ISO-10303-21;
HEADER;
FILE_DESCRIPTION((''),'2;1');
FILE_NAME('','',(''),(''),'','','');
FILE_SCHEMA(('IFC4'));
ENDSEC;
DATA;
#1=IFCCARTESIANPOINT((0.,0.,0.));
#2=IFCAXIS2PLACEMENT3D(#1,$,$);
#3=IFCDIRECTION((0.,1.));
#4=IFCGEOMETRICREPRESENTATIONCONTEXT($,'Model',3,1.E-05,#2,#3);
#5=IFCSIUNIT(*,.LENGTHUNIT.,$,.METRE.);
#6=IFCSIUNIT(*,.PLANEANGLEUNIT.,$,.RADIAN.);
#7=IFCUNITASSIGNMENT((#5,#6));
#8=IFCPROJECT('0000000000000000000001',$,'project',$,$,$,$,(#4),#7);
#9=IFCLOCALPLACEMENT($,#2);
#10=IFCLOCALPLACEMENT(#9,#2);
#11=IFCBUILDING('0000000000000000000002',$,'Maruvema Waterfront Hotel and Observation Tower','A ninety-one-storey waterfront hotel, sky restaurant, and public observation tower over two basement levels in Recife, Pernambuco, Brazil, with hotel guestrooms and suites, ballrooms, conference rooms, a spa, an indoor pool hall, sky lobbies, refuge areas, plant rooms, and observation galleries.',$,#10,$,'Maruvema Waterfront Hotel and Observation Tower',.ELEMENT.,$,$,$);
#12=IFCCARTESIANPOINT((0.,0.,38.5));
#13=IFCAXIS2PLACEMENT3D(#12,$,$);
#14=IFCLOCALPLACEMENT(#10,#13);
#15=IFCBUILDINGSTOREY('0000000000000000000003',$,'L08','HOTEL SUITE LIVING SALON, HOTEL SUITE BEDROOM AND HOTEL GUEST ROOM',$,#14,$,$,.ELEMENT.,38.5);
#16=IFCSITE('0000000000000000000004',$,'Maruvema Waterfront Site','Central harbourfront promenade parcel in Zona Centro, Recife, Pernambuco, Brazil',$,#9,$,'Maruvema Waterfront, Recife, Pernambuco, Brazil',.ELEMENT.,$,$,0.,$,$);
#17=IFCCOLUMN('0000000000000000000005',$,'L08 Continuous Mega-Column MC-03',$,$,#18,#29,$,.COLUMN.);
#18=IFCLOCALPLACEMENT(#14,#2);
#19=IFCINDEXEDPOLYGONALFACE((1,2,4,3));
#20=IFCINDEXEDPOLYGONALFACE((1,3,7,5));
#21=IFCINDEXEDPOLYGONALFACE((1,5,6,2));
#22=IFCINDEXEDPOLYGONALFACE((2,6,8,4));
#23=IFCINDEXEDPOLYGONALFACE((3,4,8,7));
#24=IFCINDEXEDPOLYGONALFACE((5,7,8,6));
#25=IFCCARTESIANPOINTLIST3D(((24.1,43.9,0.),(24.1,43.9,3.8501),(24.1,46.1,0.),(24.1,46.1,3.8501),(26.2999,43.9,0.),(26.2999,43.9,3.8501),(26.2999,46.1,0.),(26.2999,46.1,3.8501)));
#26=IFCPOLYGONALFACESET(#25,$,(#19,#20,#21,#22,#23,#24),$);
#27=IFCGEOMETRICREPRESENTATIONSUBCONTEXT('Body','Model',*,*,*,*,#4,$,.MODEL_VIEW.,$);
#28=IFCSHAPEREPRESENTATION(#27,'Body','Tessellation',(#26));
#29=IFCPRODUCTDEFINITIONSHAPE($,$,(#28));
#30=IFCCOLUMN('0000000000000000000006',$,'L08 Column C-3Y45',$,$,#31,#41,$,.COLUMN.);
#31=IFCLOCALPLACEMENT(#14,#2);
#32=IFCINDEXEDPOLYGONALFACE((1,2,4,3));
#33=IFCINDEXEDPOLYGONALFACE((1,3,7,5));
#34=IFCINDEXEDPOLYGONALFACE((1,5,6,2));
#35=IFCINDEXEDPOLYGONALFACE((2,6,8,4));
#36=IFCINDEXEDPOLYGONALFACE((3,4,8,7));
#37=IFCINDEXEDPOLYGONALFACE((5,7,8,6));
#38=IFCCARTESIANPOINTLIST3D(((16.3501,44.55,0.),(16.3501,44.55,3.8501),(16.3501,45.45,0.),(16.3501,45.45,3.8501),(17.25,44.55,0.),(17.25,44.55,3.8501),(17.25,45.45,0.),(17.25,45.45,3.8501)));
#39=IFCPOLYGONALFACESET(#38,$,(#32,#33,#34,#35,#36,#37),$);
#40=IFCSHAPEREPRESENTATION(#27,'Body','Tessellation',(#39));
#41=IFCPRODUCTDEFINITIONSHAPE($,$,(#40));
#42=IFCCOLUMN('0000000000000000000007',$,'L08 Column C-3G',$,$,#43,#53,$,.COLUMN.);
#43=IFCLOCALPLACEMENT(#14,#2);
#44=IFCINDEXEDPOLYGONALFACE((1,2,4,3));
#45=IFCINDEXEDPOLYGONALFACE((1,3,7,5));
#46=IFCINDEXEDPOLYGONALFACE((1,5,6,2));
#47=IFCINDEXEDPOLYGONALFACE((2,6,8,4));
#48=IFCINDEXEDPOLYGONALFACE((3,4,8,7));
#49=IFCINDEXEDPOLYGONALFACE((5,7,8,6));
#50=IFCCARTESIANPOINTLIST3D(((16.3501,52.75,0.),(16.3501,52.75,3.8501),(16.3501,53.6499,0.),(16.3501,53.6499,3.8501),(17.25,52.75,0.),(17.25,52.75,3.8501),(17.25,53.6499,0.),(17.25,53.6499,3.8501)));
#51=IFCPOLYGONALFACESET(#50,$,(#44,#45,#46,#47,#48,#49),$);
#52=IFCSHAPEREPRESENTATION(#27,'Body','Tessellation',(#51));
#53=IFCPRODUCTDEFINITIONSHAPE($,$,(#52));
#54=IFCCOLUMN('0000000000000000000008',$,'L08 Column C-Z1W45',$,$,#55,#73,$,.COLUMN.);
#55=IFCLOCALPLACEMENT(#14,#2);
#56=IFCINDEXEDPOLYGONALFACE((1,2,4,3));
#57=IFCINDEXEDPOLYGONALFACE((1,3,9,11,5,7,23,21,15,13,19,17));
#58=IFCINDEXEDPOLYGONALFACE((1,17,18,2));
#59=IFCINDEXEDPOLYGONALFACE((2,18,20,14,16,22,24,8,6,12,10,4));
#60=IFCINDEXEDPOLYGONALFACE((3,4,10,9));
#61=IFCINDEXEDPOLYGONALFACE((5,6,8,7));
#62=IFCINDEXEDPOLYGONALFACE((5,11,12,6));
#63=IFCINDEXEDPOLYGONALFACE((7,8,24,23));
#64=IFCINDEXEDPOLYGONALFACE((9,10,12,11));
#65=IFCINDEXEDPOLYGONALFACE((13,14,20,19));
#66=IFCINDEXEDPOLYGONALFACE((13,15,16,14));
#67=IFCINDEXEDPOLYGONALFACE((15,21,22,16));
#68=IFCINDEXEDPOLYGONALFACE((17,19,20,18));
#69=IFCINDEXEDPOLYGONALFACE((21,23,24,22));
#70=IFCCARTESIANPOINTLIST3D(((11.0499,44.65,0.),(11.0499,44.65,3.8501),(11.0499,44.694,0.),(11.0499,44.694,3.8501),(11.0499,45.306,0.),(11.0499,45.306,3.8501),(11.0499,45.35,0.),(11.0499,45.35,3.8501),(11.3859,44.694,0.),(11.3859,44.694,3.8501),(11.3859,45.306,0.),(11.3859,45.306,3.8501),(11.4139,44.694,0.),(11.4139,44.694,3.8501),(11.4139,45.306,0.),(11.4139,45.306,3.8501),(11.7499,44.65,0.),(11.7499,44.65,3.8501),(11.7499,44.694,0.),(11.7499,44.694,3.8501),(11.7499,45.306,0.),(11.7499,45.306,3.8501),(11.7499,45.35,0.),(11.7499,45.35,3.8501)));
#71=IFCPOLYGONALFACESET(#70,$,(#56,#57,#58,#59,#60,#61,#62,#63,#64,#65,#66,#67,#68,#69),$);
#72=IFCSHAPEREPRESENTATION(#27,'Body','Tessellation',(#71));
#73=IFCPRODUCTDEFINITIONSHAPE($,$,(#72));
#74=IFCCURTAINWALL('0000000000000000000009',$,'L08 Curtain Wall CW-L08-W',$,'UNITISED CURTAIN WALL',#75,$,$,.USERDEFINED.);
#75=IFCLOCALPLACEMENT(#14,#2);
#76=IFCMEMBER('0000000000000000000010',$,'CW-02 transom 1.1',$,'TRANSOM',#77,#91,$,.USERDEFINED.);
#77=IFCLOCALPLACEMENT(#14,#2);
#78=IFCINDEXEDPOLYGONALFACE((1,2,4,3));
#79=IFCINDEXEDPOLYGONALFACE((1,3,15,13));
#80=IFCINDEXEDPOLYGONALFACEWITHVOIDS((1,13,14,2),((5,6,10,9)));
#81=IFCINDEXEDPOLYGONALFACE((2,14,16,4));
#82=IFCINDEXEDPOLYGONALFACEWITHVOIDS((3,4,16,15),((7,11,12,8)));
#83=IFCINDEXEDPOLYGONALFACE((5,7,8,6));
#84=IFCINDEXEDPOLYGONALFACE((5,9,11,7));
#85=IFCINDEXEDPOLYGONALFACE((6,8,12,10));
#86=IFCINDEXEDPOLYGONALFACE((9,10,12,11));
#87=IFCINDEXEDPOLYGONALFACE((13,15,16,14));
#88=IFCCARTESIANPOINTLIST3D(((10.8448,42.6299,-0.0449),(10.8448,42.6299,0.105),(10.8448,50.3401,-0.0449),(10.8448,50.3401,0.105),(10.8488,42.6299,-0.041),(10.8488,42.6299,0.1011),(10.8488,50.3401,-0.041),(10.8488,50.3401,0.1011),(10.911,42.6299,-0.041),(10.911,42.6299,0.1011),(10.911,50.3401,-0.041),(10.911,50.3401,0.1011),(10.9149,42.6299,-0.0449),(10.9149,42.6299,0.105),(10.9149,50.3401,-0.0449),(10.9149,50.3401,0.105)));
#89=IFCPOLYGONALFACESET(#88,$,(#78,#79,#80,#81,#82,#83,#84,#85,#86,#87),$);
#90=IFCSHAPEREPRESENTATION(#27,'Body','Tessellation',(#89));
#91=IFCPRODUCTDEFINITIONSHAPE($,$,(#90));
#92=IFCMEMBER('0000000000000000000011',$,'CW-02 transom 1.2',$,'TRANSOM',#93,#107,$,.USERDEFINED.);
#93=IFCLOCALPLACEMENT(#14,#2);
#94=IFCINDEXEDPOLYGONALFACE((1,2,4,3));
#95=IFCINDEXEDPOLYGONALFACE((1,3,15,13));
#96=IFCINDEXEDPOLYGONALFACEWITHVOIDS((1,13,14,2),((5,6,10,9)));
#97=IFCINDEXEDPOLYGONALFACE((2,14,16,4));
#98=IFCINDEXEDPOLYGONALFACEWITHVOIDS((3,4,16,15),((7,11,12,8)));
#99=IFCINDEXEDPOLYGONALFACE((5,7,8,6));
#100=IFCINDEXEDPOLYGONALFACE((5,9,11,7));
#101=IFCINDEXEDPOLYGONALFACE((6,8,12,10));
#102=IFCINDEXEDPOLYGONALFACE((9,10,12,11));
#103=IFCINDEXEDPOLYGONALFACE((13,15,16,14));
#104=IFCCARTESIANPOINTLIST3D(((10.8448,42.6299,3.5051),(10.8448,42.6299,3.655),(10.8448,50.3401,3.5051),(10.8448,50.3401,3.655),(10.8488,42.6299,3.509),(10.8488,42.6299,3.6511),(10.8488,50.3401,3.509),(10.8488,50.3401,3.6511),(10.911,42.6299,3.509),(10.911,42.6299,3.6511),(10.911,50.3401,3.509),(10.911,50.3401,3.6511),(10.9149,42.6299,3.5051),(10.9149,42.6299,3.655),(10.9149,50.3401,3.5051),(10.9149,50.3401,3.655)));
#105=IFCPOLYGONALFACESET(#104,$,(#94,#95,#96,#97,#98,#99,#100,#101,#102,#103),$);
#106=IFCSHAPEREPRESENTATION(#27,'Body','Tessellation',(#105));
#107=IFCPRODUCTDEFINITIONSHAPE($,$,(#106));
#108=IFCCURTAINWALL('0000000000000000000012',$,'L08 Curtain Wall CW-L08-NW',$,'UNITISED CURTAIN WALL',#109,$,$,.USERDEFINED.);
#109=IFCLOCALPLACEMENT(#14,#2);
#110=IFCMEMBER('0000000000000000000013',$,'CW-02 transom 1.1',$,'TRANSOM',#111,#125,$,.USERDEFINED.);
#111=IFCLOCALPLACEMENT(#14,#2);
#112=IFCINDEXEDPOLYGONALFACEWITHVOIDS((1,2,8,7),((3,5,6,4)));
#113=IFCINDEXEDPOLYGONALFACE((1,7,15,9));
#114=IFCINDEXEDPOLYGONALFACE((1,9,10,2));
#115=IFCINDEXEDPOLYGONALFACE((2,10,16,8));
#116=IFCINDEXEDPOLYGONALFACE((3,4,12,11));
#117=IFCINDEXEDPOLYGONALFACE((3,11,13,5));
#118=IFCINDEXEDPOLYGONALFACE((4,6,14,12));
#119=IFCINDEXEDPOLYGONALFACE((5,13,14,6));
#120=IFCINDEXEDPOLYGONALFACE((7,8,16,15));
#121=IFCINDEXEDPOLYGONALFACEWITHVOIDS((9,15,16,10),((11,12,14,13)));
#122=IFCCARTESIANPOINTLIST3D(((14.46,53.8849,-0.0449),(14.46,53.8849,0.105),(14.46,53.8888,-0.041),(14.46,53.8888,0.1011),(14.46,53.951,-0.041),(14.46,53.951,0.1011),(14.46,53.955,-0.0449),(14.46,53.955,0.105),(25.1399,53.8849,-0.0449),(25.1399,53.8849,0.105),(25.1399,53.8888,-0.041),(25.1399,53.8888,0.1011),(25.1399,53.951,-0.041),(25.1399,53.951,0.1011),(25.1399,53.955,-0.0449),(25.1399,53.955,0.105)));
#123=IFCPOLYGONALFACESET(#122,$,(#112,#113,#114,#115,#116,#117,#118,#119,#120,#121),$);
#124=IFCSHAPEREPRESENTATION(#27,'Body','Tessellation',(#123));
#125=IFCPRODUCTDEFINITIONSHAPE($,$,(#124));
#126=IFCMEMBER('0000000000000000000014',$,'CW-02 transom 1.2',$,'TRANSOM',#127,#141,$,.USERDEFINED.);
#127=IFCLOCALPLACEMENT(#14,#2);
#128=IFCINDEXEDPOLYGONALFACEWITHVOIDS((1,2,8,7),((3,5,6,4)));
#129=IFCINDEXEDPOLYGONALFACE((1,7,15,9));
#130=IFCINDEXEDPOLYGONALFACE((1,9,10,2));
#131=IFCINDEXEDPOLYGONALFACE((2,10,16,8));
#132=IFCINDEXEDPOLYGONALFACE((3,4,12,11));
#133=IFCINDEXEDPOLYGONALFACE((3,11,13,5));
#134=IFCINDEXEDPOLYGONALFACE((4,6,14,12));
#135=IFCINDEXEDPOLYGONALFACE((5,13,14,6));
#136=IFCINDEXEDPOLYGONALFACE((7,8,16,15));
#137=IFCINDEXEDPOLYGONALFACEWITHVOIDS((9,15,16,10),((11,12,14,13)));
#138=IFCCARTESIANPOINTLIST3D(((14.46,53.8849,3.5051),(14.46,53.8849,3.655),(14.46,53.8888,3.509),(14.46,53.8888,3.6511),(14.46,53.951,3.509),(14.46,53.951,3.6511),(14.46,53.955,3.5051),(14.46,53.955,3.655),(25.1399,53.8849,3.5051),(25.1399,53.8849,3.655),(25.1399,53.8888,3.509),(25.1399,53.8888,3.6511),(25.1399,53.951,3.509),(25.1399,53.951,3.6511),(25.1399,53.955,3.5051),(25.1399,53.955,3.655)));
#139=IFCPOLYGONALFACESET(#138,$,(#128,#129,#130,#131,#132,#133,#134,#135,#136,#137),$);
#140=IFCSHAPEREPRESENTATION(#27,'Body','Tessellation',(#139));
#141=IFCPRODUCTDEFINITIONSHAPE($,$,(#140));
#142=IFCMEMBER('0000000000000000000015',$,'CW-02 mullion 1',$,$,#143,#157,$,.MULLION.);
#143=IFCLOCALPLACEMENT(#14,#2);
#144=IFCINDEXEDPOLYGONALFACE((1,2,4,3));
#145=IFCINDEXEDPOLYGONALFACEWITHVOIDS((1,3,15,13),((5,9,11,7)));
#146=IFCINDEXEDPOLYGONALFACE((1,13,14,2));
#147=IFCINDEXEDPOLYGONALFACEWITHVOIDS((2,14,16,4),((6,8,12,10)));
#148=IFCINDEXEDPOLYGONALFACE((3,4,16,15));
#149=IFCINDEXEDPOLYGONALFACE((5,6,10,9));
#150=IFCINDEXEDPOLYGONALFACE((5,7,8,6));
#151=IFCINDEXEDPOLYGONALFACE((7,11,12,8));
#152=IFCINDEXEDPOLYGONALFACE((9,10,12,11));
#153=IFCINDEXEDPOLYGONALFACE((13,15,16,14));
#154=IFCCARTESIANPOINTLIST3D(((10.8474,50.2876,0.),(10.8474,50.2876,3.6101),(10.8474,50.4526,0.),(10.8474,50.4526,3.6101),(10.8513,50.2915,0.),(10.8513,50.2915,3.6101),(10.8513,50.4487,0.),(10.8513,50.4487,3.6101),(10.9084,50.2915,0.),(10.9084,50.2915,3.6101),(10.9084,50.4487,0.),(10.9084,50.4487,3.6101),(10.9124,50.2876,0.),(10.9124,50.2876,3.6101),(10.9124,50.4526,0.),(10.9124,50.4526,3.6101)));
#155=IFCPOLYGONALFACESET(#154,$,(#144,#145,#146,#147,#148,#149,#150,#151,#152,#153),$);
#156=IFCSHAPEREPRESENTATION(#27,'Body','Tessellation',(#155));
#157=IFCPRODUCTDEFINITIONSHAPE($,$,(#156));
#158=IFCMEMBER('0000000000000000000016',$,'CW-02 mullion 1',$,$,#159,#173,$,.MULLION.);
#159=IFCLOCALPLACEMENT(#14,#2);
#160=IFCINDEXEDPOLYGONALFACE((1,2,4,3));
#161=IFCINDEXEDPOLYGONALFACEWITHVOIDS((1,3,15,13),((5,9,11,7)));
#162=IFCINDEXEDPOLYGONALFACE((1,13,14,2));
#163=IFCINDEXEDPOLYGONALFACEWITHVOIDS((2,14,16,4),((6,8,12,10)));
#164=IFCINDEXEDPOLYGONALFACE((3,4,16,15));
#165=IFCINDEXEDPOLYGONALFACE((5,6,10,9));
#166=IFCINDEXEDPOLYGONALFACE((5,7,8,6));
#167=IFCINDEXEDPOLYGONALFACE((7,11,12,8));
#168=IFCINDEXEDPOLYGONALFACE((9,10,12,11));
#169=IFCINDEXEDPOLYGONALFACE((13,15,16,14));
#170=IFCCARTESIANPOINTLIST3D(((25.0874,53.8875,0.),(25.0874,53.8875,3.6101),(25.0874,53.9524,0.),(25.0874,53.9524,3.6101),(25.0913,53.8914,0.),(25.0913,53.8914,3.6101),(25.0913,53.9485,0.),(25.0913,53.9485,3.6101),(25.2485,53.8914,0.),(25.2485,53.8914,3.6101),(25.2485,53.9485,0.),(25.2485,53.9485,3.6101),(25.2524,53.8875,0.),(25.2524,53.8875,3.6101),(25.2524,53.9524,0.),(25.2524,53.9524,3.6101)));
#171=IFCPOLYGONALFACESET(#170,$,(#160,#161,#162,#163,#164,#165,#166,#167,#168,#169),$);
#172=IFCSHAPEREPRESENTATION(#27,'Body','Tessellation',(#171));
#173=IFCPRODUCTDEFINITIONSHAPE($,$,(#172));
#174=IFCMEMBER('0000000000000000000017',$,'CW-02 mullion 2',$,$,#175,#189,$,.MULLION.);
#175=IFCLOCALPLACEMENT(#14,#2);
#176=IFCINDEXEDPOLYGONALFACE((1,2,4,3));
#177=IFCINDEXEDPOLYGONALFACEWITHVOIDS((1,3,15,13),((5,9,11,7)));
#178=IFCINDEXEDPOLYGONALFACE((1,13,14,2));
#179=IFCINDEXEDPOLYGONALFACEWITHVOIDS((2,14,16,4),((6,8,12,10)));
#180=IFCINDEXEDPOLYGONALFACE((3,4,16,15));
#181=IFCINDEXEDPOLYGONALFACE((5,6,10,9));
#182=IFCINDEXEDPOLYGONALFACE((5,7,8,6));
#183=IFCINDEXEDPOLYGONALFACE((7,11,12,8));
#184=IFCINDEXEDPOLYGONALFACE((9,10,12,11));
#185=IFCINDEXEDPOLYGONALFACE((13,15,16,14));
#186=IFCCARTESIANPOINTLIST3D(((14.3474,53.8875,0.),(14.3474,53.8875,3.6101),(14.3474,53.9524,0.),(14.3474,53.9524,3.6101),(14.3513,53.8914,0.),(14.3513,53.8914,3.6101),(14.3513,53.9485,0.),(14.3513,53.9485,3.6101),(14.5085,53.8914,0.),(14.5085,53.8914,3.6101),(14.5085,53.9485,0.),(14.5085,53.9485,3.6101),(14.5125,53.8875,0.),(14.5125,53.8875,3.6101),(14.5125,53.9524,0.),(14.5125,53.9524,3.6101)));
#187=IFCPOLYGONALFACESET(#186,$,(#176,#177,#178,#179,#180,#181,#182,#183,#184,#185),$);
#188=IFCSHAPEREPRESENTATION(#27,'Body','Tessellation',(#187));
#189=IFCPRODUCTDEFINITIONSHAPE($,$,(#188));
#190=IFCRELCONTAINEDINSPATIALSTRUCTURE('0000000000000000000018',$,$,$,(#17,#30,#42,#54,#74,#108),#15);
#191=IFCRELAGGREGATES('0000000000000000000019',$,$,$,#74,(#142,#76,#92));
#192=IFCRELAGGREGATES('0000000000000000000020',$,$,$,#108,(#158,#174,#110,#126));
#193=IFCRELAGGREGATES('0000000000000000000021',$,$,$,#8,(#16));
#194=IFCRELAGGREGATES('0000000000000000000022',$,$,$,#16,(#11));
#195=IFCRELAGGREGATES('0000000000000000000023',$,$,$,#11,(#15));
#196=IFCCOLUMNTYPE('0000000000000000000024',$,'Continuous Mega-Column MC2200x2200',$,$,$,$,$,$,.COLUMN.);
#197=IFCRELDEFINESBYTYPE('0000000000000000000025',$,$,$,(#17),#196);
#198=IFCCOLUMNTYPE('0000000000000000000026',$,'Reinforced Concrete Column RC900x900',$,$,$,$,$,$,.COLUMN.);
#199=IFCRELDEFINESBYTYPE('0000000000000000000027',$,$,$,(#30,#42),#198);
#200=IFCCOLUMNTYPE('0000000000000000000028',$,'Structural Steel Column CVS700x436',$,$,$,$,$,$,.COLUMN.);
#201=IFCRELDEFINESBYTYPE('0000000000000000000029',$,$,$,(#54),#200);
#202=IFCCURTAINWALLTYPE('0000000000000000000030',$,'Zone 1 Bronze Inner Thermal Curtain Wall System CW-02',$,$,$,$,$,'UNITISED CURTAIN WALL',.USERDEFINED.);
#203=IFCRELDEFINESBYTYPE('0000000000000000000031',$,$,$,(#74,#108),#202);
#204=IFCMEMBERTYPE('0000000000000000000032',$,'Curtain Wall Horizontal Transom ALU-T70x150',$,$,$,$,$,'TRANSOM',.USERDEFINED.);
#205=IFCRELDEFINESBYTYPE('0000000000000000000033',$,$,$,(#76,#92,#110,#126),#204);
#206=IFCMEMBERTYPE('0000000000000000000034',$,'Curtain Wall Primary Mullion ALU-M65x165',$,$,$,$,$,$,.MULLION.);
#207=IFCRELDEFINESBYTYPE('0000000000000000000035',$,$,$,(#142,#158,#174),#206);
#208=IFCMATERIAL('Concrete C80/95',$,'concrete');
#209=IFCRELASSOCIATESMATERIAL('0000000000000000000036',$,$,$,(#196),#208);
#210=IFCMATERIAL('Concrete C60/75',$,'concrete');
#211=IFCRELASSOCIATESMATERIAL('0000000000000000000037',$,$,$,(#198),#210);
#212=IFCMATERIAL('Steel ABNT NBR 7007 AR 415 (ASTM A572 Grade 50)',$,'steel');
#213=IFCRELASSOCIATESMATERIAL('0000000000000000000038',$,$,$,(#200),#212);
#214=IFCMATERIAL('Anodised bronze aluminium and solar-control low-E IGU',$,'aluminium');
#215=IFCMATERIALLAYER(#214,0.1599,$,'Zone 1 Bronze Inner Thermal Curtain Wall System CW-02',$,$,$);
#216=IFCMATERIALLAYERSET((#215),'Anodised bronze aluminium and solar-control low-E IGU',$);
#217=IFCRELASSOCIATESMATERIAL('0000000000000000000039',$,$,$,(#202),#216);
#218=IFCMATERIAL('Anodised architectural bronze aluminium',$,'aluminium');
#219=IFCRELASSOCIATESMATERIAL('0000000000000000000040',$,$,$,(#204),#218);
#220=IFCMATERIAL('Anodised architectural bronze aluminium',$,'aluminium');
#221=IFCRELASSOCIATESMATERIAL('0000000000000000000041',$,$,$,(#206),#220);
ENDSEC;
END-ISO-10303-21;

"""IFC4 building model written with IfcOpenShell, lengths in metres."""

from ifc_helpers import new_model, si_unit, direction, frame, origin, origin_2d, place, context, subcontext, project, spatial, rectangle, hollow_rectangle, i_section, extrude, material, layer, layer_set, material_profile, profile_set, type_object, element, aggregate, save


model = new_model("IFC4")

# Units and contexts
model_context = context("Model", 3, precision=1e-05, world=origin(), true_north=direction((0.0, 1.0)))
body_context = subcontext(model_context, "Body", "Model", "MODEL_VIEW")
ifc_project = project(units=[si_unit("LENGTHUNIT", "METRE"), si_unit("PLANEANGLEUNIT", "RADIAN")], contexts=[model_context])

# Site, building, storey
site_placement = place(None, origin())
site = spatial("IfcSite", under=ifc_project, at=site_placement, Name="Maruvema Waterfront Site", Description="Central harbourfront promenade parcel in Zona Centro, Recife, Pernambuco, Brazil", LongName="Maruvema Waterfront, Recife, Pernambuco, Brazil", CompositionType="ELEMENT", RefElevation=0.0)
building_placement = place(site_placement, origin())
building = spatial("IfcBuilding", under=site, at=building_placement, Name="Maruvema Waterfront Hotel and Observation Tower", Description="A ninety-one-storey waterfront hotel, sky restaurant, and public observation tower over two basement levels in Recife, Pernambuco, Brazil, with hotel guestrooms and suites, ballrooms, conference rooms, a spa, an indoor pool hall, sky lobbies, refuge areas, plant rooms, and observation galleries.", LongName="Maruvema Waterfront Hotel and Observation Tower", CompositionType="ELEMENT")
storey_placement = place(building_placement, frame((0.0, 0.0, 38.5)))
storey = spatial("IfcBuildingStorey", under=building, at=storey_placement, Name="L08", Description="HOTEL SUITE LIVING SALON, HOTEL SUITE BEDROOM AND HOTEL GUEST ROOM", CompositionType="ELEMENT", Elevation=38.5)

# Columns
ifc_material_1 = material(Name="Concrete C80/95", Category="concrete")
ifc_material_profile_1 = material_profile(ifc_material_1, rectangle(XDim=2.2, YDim=2.2, at=origin_2d()), Name="MC2200x2200")
ifc_profile_set_1 = profile_set([ifc_material_profile_1], Name="Concrete C80/95")
column_type_1 = type_object("IfcColumnType", Name="Continuous Mega-Column MC2200x2200", PredefinedType="COLUMN", material=ifc_profile_set_1)
column_1_placement = place(storey_placement, frame((25.2, 45.0, 0.0), z_axis=(0.0, 0.0, 1.0), x_axis=(1.0, 0.0, 0.0)))
element("IfcColumn", 1, at=column_1_placement, inside=storey, type_object=column_type_1, Name="L08 Continuous Mega-Column MC-03", PredefinedType="COLUMN", context=body_context, shape_type="SweptSolid", body=[
    extrude(rectangle(XDim=2.2, YDim=2.2, at=origin_2d()), origin(), (0.0, 0.0, 1.0), 3.8501),
])
ifc_material_2 = material(Name="Concrete C60/75", Category="concrete")
ifc_material_profile_2 = material_profile(ifc_material_2, rectangle(XDim=0.8999, YDim=0.8999, at=origin_2d()), Name="RC900x900")
ifc_profile_set_2 = profile_set([ifc_material_profile_2], Name="Concrete C60/75")
column_type_2 = type_object("IfcColumnType", Name="Reinforced Concrete Column RC900x900", PredefinedType="COLUMN", material=ifc_profile_set_2)
for number, where, z_axis, x_axis, name in (
    (2, (16.8, 45.0, 0.0), (0.0, 0.0, 1.0), (1.0, 0.0, 0.0), "L08 Column C-3Y45"),
    (3, (16.8, 53.2, 0.0), (0.0, 0.0, 1.0), (1.0, 0.0, 0.0), "L08 Column C-3G"),
):
    element("IfcColumn", number, at=place(storey_placement, frame(where, z_axis=z_axis, x_axis=x_axis)), inside=storey, type_object=column_type_2, Name=name, PredefinedType="COLUMN", context=body_context, shape_type="SweptSolid", body=[
        extrude(rectangle(XDim=0.8999, YDim=0.8999, at=origin_2d()), origin(), (0.0, 0.0, 1.0), 3.8501),
    ])
ifc_material_3 = material(Name="Steel ABNT NBR 7007 AR 415 (ASTM A572 Grade 50)", Category="steel")
ifc_material_profile_3 = material_profile(ifc_material_3, i_section(OverallWidth=0.7, OverallDepth=0.7, WebThickness=0.0281, FlangeThickness=0.0439, at=origin_2d()), Name="CVS700x436")
ifc_profile_set_3 = profile_set([ifc_material_profile_3], Name="Steel ABNT NBR 7007 AR 415 (ASTM A572 Grade 50)")
column_type_3 = type_object("IfcColumnType", Name="Structural Steel Column CVS700x436", PredefinedType="COLUMN", material=ifc_profile_set_3)
column_2_placement = place(storey_placement, frame((11.3999, 45.0, 0.0), z_axis=(0.0, 0.0, 1.0), x_axis=(1.0, 0.0, 0.0)))
element("IfcColumn", 4, at=column_2_placement, inside=storey, type_object=column_type_3, Name="L08 Column C-Z1W45", PredefinedType="COLUMN", context=body_context, shape_type="SweptSolid", body=[
    extrude(i_section(OverallWidth=0.7, OverallDepth=0.7, WebThickness=0.0281, FlangeThickness=0.0439, at=origin_2d()), origin(), (0.0, 0.0, 1.0), 3.8501),
])

# Curtain walls, members
ifc_material_4 = material(Name="Anodised bronze aluminium and solar-control low-E IGU", Category="aluminium")
ifc_layer_1 = layer(ifc_material_4, 0.1599, Name="Zone 1 Bronze Inner Thermal Curtain Wall System CW-02")
ifc_layer_set_1 = layer_set([ifc_layer_1], Name="Anodised bronze aluminium and solar-control low-E IGU")
curtain_wall_type = type_object("IfcCurtainWallType", Name="Zone 1 Bronze Inner Thermal Curtain Wall System CW-02", ElementType="UNITISED CURTAIN WALL", PredefinedType="USERDEFINED", material=ifc_layer_set_1)
curtain_wall_1_placement = place(storey_placement, origin())
curtain_wall_1 = element("IfcCurtainWall", 5, at=curtain_wall_1_placement, inside=storey, type_object=curtain_wall_type, Name="L08 Curtain Wall CW-L08-W", ObjectType="UNITISED CURTAIN WALL", PredefinedType="USERDEFINED")
ifc_material_5 = material(Name="Anodised architectural bronze aluminium", Category="aluminium")
ifc_material_profile_4 = material_profile(ifc_material_5, hollow_rectangle(XDim=0.0701, YDim=0.1499, WallThickness=0.0039, at=origin_2d()), Name="ALU-T70x150")
ifc_profile_set_4 = profile_set([ifc_material_profile_4], Name="Anodised architectural bronze aluminium")
member_type_1 = type_object("IfcMemberType", Name="Curtain Wall Horizontal Transom ALU-T70x150", ElementType="TRANSOM", PredefinedType="USERDEFINED", material=ifc_profile_set_4)
member_1_placement = place(storey_placement, frame((10.8799, 50.3401, 0.03), z_axis=(0.0, -1.0, 0.0), x_axis=(1.0, 0.0, 0.0)))
member_1 = element("IfcMember", 6, at=member_1_placement, type_object=member_type_1, Name="CW-02 transom 1.1", ObjectType="TRANSOM", PredefinedType="USERDEFINED", context=body_context, shape_type="SweptSolid", body=[
    extrude(hollow_rectangle(XDim=0.0701, YDim=0.1499, WallThickness=0.0039, at=origin_2d()), origin(), (0.0, 0.0, 1.0), 7.7102),
])
member_2_placement = place(storey_placement, frame((10.8799, 50.3401, 3.5801), z_axis=(0.0, -1.0, 0.0), x_axis=(1.0, 0.0, 0.0)))
member_2 = element("IfcMember", 7, at=member_2_placement, type_object=member_type_1, Name="CW-02 transom 1.2", ObjectType="TRANSOM", PredefinedType="USERDEFINED", context=body_context, shape_type="SweptSolid", body=[
    extrude(hollow_rectangle(XDim=0.0701, YDim=0.1499, WallThickness=0.0039, at=origin_2d()), origin(), (0.0, 0.0, 1.0), 7.7102),
])
curtain_wall_2_placement = place(storey_placement, origin())
curtain_wall_2 = element("IfcCurtainWall", 8, at=curtain_wall_2_placement, inside=storey, type_object=curtain_wall_type, Name="L08 Curtain Wall CW-L08-NW", ObjectType="UNITISED CURTAIN WALL", PredefinedType="USERDEFINED")
member_3_placement = place(storey_placement, frame((25.1399, 53.9199, 0.03), z_axis=(-1.0, 0.0, 0.0), x_axis=(0.0, -1.0, 0.0)))
member_3 = element("IfcMember", 9, at=member_3_placement, type_object=member_type_1, Name="CW-02 transom 1.1", ObjectType="TRANSOM", PredefinedType="USERDEFINED", context=body_context, shape_type="SweptSolid", body=[
    extrude(hollow_rectangle(XDim=0.0701, YDim=0.1499, WallThickness=0.0039, at=origin_2d()), origin(), (0.0, 0.0, 1.0), 10.6799),
])
member_4_placement = place(storey_placement, frame((25.1399, 53.9199, 3.5801), z_axis=(-1.0, 0.0, 0.0), x_axis=(0.0, -1.0, 0.0)))
member_4 = element("IfcMember", 10, at=member_4_placement, type_object=member_type_1, Name="CW-02 transom 1.2", ObjectType="TRANSOM", PredefinedType="USERDEFINED", context=body_context, shape_type="SweptSolid", body=[
    extrude(hollow_rectangle(XDim=0.0701, YDim=0.1499, WallThickness=0.0039, at=origin_2d()), origin(), (0.0, 0.0, 1.0), 10.6799),
])

# Members
ifc_material_6 = material(Name="Anodised architectural bronze aluminium", Category="aluminium")
ifc_material_profile_5 = material_profile(ifc_material_6, hollow_rectangle(XDim=0.0649, YDim=0.165, WallThickness=0.0039, at=origin_2d()), Name="ALU-M65x165")
ifc_profile_set_5 = profile_set([ifc_material_profile_5], Name="Anodised architectural bronze aluminium")
member_type_2 = type_object("IfcMemberType", Name="Curtain Wall Primary Mullion ALU-M65x165", PredefinedType="MULLION", material=ifc_profile_set_5)
member_5_placement = place(storey_placement, frame((10.8799, 50.3701, 0.0), z_axis=(0.0, 0.0, 1.0), x_axis=(1.0, 0.0, 0.0)))
member_5 = element("IfcMember", 11, at=member_5_placement, type_object=member_type_2, Name="CW-02 mullion 1", PredefinedType="MULLION", context=body_context, shape_type="SweptSolid", body=[
    extrude(hollow_rectangle(XDim=0.0649, YDim=0.165, WallThickness=0.0039, at=origin_2d()), origin(), (0.0, 0.0, 1.0), 3.6101),
])
member_6_placement = place(storey_placement, frame((25.1699, 53.9199, 0.0), z_axis=(0.0, 0.0, 1.0), x_axis=(0.0, -1.0, 0.0)))
member_6 = element("IfcMember", 12, at=member_6_placement, type_object=member_type_2, Name="CW-02 mullion 1", PredefinedType="MULLION", context=body_context, shape_type="SweptSolid", body=[
    extrude(hollow_rectangle(XDim=0.0649, YDim=0.165, WallThickness=0.0039, at=origin_2d()), origin(), (0.0, 0.0, 1.0), 3.6101),
])
member_7_placement = place(storey_placement, frame((14.4299, 53.9199, 0.0), z_axis=(0.0, 0.0, 1.0), x_axis=(0.0, -1.0, 0.0)))
member_7 = element("IfcMember", 13, at=member_7_placement, type_object=member_type_2, Name="CW-02 mullion 2", PredefinedType="MULLION", context=body_context, shape_type="SweptSolid", body=[
    extrude(hollow_rectangle(XDim=0.0649, YDim=0.165, WallThickness=0.0039, at=origin_2d()), origin(), (0.0, 0.0, 1.0), 3.6101),
])

aggregate(curtain_wall_1, [member_5, member_1, member_2])
aggregate(curtain_wall_2, [member_6, member_7, member_3, member_4])

save(model, "model.ifc")
